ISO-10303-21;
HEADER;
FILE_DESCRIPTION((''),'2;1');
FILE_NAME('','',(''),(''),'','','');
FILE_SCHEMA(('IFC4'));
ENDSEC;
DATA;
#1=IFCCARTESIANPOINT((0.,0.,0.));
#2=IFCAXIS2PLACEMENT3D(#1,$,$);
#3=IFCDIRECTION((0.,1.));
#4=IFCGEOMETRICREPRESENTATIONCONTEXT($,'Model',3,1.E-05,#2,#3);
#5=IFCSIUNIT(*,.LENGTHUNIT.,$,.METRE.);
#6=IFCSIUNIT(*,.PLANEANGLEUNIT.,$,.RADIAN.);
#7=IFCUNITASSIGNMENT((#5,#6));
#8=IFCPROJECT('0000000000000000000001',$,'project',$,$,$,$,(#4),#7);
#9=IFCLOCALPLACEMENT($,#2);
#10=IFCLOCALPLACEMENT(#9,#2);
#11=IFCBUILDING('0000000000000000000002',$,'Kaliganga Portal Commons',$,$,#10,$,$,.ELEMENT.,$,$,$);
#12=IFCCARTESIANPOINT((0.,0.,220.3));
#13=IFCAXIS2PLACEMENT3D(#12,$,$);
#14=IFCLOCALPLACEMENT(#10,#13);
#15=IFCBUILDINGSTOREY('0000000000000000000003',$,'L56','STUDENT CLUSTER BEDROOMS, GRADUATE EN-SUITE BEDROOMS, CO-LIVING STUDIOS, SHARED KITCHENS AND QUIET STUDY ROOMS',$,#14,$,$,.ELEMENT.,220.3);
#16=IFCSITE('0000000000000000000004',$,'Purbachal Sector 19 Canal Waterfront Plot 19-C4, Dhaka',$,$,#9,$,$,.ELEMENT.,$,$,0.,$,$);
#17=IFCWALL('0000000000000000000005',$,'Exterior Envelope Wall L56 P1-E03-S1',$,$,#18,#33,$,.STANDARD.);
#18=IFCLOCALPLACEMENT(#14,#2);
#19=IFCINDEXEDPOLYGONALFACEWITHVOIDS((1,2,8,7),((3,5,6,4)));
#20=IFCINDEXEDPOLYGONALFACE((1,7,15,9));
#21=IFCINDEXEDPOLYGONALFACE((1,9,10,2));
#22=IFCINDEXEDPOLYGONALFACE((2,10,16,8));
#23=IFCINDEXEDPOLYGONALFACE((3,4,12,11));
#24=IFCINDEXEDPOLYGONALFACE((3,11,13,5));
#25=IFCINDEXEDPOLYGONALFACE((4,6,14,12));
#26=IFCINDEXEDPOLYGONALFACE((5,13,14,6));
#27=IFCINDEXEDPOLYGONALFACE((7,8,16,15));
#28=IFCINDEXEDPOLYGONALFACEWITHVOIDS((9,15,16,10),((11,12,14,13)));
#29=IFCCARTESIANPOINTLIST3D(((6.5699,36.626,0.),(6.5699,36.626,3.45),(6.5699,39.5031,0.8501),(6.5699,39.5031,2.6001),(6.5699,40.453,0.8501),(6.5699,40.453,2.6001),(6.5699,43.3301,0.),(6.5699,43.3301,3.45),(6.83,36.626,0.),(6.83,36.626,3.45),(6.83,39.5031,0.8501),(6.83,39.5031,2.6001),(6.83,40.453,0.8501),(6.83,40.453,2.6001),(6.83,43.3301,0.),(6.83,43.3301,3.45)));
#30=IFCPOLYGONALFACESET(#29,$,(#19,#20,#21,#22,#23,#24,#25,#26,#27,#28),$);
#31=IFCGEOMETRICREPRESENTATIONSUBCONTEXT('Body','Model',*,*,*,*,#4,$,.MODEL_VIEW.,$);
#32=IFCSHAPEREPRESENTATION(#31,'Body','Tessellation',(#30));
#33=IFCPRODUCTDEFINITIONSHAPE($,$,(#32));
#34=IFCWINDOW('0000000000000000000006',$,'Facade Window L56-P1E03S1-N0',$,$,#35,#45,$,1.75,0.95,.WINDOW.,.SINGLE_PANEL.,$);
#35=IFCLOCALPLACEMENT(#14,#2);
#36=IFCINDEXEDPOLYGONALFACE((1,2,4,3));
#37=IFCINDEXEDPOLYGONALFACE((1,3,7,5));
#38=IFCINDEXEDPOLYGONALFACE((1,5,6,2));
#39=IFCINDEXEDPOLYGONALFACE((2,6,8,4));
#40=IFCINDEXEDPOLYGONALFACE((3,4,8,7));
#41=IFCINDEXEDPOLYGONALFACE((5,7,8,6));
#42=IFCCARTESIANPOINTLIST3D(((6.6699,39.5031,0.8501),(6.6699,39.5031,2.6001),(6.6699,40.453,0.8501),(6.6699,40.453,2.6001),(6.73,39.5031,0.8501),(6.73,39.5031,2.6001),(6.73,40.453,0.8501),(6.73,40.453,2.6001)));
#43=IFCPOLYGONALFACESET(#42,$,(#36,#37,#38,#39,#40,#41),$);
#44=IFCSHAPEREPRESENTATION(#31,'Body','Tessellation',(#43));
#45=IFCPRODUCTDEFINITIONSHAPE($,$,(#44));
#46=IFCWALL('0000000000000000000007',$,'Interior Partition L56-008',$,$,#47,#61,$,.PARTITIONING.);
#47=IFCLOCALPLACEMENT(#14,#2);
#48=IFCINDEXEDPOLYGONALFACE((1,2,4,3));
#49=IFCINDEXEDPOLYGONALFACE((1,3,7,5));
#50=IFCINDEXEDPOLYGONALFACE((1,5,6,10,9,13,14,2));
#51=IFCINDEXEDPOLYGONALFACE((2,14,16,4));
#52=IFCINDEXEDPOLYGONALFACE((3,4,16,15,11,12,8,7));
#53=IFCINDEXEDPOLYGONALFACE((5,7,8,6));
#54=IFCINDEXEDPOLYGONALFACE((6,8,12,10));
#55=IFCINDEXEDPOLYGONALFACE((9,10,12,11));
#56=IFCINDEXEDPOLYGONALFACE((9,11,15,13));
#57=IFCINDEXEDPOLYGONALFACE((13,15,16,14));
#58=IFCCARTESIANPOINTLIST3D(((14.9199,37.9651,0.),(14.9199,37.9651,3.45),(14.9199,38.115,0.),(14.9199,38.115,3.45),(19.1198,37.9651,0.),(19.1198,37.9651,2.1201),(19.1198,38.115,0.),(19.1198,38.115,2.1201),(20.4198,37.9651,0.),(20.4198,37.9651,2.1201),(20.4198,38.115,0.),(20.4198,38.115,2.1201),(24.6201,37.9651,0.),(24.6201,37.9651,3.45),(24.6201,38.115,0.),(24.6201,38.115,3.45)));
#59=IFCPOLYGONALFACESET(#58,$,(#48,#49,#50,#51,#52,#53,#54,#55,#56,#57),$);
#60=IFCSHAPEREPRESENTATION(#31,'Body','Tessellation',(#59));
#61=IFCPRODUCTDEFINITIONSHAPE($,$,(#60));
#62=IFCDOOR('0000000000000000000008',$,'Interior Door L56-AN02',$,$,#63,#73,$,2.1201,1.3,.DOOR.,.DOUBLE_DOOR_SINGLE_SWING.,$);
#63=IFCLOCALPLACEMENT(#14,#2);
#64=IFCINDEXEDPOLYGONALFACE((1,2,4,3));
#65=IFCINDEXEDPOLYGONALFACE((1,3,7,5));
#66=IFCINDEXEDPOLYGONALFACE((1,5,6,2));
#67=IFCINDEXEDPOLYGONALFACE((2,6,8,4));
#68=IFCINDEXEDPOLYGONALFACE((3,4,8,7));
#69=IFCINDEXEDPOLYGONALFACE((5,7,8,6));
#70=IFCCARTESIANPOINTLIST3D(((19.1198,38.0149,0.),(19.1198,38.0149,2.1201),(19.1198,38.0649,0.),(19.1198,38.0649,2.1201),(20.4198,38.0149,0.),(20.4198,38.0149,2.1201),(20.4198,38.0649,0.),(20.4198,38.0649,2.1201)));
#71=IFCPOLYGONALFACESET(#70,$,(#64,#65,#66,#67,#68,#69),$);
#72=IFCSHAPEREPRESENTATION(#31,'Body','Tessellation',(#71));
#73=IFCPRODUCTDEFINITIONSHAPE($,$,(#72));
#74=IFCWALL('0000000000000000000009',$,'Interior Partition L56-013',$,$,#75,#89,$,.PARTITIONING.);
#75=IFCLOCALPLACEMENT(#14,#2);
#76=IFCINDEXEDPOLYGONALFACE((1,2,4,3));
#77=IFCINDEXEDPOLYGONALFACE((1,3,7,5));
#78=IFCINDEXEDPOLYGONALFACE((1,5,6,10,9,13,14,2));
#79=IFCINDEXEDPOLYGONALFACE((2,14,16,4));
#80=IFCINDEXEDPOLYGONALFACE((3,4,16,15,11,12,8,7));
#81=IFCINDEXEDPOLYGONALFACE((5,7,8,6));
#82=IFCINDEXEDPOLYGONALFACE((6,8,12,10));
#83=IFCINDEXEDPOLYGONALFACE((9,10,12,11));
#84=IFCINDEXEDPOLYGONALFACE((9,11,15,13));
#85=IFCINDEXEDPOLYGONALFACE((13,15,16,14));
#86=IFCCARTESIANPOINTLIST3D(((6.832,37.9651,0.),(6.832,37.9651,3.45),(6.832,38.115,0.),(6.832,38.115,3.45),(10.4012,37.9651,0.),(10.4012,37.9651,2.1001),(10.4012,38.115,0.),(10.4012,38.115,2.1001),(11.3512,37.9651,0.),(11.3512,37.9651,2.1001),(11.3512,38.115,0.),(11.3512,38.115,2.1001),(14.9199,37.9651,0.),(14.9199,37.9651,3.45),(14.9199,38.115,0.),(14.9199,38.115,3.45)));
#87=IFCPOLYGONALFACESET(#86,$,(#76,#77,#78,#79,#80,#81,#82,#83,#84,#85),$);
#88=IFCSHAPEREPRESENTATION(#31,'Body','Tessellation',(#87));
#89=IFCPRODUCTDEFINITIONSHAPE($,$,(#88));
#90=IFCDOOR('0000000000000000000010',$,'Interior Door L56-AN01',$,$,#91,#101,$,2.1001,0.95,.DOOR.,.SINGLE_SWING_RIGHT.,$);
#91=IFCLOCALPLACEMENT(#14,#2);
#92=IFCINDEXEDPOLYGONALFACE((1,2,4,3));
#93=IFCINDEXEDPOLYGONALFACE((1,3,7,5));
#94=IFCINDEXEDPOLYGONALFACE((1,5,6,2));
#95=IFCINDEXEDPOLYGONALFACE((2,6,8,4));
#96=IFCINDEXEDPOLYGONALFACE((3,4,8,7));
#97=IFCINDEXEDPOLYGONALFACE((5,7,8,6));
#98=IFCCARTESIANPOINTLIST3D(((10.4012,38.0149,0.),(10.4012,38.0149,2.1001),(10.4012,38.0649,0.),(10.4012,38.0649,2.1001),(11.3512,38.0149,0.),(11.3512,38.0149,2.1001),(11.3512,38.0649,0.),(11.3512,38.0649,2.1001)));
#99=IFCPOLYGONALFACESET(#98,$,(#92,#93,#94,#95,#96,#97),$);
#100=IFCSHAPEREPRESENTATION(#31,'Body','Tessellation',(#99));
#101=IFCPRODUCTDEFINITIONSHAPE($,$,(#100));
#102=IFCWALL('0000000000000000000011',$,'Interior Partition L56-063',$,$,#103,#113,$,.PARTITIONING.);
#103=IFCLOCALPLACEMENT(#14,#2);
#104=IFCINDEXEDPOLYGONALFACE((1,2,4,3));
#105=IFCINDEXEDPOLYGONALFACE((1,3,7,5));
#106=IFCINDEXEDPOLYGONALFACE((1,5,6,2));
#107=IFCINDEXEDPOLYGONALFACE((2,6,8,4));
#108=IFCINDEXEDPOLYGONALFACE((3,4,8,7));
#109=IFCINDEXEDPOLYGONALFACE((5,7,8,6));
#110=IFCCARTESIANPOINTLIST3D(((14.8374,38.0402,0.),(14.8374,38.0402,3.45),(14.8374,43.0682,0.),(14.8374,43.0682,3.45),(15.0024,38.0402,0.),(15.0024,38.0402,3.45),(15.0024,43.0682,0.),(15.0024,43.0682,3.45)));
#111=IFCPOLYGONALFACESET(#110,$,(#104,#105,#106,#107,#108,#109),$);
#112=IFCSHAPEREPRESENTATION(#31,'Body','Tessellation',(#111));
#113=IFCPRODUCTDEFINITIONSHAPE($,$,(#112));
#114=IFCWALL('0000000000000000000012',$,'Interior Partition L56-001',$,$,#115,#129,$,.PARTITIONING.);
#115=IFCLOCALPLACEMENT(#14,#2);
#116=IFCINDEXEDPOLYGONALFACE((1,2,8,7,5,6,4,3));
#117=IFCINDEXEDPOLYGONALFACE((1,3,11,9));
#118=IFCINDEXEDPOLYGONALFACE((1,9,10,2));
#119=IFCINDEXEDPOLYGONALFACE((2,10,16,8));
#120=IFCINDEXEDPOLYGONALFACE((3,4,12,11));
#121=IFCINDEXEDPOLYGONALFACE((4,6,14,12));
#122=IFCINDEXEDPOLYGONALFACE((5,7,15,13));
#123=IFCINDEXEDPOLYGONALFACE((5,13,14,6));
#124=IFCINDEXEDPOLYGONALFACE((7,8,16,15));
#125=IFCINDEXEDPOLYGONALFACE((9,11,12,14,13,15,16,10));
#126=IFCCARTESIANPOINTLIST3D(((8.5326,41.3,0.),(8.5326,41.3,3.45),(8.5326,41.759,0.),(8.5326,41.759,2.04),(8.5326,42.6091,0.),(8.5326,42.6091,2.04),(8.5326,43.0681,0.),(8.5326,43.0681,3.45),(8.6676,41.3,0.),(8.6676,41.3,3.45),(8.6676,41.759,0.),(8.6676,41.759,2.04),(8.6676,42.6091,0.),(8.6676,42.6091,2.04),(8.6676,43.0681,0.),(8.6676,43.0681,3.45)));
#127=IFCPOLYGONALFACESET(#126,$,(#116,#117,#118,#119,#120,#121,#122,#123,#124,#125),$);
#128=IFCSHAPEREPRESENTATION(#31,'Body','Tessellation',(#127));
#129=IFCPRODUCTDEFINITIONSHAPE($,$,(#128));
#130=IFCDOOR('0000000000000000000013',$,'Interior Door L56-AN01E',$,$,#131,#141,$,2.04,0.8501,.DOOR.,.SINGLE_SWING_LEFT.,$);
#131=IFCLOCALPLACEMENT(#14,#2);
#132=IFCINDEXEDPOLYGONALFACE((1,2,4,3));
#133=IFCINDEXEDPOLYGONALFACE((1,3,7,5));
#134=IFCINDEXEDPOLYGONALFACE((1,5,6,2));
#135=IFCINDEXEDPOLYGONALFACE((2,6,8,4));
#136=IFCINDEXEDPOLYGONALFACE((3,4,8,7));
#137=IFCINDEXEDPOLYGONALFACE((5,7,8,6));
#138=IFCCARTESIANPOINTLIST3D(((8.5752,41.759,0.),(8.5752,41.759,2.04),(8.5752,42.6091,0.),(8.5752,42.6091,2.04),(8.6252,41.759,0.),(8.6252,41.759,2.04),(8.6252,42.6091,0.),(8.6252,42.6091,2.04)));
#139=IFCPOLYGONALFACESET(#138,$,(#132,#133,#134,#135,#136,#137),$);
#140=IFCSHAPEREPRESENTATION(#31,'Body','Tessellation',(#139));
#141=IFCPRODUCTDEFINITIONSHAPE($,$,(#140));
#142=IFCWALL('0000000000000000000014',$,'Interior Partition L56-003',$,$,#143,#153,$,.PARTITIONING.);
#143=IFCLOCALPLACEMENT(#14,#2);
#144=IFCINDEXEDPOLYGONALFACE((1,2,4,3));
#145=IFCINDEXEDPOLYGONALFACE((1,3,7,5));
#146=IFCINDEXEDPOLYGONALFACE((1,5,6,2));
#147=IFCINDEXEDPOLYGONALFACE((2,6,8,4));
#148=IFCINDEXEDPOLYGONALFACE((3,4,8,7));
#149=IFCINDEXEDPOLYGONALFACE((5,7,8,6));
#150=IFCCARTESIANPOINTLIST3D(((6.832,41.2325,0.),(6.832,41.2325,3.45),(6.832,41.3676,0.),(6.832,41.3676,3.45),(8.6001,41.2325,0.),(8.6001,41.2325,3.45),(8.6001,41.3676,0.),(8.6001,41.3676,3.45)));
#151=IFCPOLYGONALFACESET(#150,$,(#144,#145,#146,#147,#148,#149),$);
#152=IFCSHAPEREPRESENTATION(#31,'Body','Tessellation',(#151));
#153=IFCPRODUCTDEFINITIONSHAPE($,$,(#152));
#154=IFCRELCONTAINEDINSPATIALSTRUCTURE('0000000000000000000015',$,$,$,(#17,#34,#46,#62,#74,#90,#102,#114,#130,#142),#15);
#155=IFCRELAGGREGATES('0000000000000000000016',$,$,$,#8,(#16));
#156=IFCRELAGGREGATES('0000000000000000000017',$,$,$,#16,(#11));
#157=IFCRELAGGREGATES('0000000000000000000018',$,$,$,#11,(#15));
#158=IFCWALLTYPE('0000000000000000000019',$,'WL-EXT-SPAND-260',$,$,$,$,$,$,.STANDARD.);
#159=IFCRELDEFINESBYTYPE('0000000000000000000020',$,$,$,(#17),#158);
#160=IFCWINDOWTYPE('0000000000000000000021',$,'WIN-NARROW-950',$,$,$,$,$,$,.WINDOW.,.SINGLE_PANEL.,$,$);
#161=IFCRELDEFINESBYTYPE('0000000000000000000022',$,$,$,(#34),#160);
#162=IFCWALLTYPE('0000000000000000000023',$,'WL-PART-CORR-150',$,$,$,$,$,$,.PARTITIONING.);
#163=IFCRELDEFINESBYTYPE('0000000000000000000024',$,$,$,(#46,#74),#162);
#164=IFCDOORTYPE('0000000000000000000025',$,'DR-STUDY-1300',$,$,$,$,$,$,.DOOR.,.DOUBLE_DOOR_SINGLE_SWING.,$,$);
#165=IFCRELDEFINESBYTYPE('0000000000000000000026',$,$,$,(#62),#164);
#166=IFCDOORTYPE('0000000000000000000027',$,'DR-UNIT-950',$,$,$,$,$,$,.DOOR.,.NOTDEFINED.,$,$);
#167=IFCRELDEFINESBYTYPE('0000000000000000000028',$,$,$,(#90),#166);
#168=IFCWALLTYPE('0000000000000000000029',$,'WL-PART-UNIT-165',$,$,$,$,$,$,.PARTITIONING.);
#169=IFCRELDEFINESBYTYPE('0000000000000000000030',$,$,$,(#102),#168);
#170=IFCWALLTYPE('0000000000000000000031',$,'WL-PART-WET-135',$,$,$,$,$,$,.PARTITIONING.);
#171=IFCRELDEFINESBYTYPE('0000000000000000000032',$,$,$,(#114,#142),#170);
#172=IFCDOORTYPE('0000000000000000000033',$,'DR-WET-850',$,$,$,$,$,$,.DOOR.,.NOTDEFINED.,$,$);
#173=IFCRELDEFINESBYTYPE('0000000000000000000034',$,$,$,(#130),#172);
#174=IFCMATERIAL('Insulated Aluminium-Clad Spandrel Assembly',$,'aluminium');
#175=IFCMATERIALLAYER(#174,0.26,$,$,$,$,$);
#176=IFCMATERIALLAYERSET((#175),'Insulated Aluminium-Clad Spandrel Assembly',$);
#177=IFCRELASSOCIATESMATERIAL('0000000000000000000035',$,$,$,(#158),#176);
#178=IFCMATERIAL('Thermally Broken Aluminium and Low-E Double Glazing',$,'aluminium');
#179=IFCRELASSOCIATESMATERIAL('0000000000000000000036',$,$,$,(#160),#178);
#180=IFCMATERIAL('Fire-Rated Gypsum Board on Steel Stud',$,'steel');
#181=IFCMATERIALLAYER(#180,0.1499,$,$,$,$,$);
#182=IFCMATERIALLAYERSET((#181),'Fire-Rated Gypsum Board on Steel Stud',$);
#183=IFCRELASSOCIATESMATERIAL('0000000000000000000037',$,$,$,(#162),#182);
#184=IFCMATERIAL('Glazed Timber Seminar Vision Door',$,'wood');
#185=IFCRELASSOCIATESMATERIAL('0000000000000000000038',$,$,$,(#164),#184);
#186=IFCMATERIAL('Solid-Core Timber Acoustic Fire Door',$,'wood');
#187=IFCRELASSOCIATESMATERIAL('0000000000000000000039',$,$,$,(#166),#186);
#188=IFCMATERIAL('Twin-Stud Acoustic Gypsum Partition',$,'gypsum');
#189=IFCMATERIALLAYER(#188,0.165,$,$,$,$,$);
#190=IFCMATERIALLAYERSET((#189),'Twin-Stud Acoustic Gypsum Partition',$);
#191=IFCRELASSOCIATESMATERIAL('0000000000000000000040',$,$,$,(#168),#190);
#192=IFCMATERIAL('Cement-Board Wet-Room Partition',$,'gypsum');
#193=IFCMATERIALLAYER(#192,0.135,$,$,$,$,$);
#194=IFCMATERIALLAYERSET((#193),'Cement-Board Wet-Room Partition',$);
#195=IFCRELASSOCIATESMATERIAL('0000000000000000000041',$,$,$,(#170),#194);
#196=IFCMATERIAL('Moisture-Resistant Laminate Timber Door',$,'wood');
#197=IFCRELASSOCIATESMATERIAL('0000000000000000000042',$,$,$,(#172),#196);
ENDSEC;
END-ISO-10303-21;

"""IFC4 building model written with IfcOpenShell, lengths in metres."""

from ifc_helpers import new_model, si_unit, direction, frame, frame_2d, origin, place, context, subcontext, project, spatial, rectangle, extrude, material, layer, layer_set, type_object, element, fill, save


model = new_model("IFC4")

# Units and contexts
model_context = context("Model", 3, precision=1e-05, world=origin(), true_north=direction((0.0, 1.0)))
body_context = subcontext(model_context, "Body", "Model", "MODEL_VIEW")
ifc_project = project(units=[si_unit("LENGTHUNIT", "METRE"), si_unit("PLANEANGLEUNIT", "RADIAN")], contexts=[model_context])

# Site, building, storey
site_placement = place(None, origin())
site = spatial("IfcSite", under=ifc_project, at=site_placement, Name="Purbachal Sector 19 Canal Waterfront Plot 19-C4, Dhaka", CompositionType="ELEMENT", RefElevation=0.0)
building_placement = place(site_placement, origin())
building = spatial("IfcBuilding", under=site, at=building_placement, Name="Kaliganga Portal Commons", CompositionType="ELEMENT")
storey_placement = place(building_placement, frame((0.0, 0.0, 220.3)))
storey = spatial("IfcBuildingStorey", under=building, at=storey_placement, Name="L56", Description="STUDENT CLUSTER BEDROOMS, GRADUATE EN-SUITE BEDROOMS, CO-LIVING STUDIOS, SHARED KITCHENS AND QUIET STUDY ROOMS", CompositionType="ELEMENT", Elevation=220.3)

# Shared definitions
ifc_material_1 = material(Name="Insulated Aluminium-Clad Spandrel Assembly", Category="aluminium")
ifc_layer_1 = layer(ifc_material_1, 0.26)
ifc_layer_set_1 = layer_set([ifc_layer_1], Name="Insulated Aluminium-Clad Spandrel Assembly")
wall_type_1 = type_object("IfcWallType", Name="WL-EXT-SPAND-260", PredefinedType="STANDARD", material=ifc_layer_set_1)
ifc_material_2 = material(Name="Thermally Broken Aluminium and Low-E Double Glazing", Category="aluminium")
window_type_1 = type_object("IfcWindowType", Name="WIN-NARROW-950", PartitioningType="SINGLE_PANEL", PredefinedType="WINDOW", material=ifc_material_2)

# Wall, opening, window
wall_1_placement = place(storey_placement, frame((6.7, 36.626, 0.0), z_axis=(0.0, 0.0, 1.0), x_axis=(0.0, 1.0, 0.0)))
wall_1 = element("IfcWall", 1, at=wall_1_placement, inside=storey, type_object=wall_type_1, Name="Exterior Envelope Wall L56 P1-E03-S1", PredefinedType="STANDARD", context=body_context, shape_type="SweptSolid", body=[
    extrude(rectangle(XDim=6.7041, YDim=0.26, at=frame_2d((3.3521, 0.0))), origin(), (0.0, 0.0, 1.0), 3.45),
])
opening_1_placement = place(wall_1_placement, frame((2.877, 0.0, 0.8501)))
opening_1 = element("IfcOpeningElement", 2, at=opening_1_placement, cuts=wall_1, PredefinedType="OPENING", context=body_context, shape_type="SweptSolid", body=[
    extrude(rectangle(XDim=0.95, YDim=1.75, at=frame_2d((0.4751, 0.875))), frame((0.0, 0.1401, 0.0), z_axis=(0.0, -1.0, 0.0), x_axis=(1.0, 0.0, 0.0)), (0.0, 0.0, 1.0), 0.28),
])
window_1_placement = place(opening_1_placement, origin())
window_1 = element("IfcWindow", 3, at=window_1_placement, inside=storey, type_object=window_type_1, Name="Facade Window L56-P1E03S1-N0", OverallHeight=1.75, OverallWidth=0.95, PartitioningType="SINGLE_PANEL", PredefinedType="WINDOW", context=body_context, shape_type="SweptSolid", body=[
    extrude(rectangle(XDim=0.95, YDim=1.75, at=frame_2d((0.4751, 0.875))), frame((0.0, 0.03, 0.0), z_axis=(0.0, -1.0, 0.0), x_axis=(1.0, 0.0, 0.0)), (0.0, 0.0, 1.0), 0.0601),
])
fill(opening_1, window_1)

# Walls, openings, doors
ifc_material_3 = material(Name="Fire-Rated Gypsum Board on Steel Stud", Category="steel")
ifc_layer_2 = layer(ifc_material_3, 0.1499)
ifc_layer_set_2 = layer_set([ifc_layer_2], Name="Fire-Rated Gypsum Board on Steel Stud")
wall_type_2 = type_object("IfcWallType", Name="WL-PART-CORR-150", PredefinedType="PARTITIONING", material=ifc_layer_set_2)
wall_2_placement = place(storey_placement, frame((14.9199, 38.04, 0.0), z_axis=(0.0, 0.0, 1.0), x_axis=(1.0, 0.0, 0.0)))
wall_2 = element("IfcWall", 4, at=wall_2_placement, inside=storey, type_object=wall_type_2, Name="Interior Partition L56-008", PredefinedType="PARTITIONING", context=body_context, shape_type="SweptSolid", body=[
    extrude(rectangle(XDim=9.7002, YDim=0.1499, at=frame_2d((4.8501, 0.0))), origin(), (0.0, 0.0, 1.0), 3.45),
])
opening_2_placement = place(wall_2_placement, frame((4.2, 0.0, 0.0)))
opening_2 = element("IfcOpeningElement", 5, at=opening_2_placement, cuts=wall_2, PredefinedType="OPENING", context=body_context, shape_type="SweptSolid", body=[
    extrude(rectangle(XDim=1.3, YDim=2.1201, at=frame_2d((0.6499, 1.0601))), frame((0.0, 0.085, 0.0), z_axis=(0.0, -1.0, 0.0), x_axis=(1.0, 0.0, 0.0)), (0.0, 0.0, 1.0), 0.1699),
])
ifc_material_4 = material(Name="Glazed Timber Seminar Vision Door", Category="wood")
door_type_1 = type_object("IfcDoorType", Name="DR-STUDY-1300", OperationType="DOUBLE_DOOR_SINGLE_SWING", PredefinedType="DOOR", material=ifc_material_4)
door_1_placement = place(opening_2_placement, origin())
door_1 = element("IfcDoor", 6, at=door_1_placement, inside=storey, type_object=door_type_1, Name="Interior Door L56-AN02", OperationType="DOUBLE_DOOR_SINGLE_SWING", OverallHeight=2.1201, OverallWidth=1.3, PredefinedType="DOOR", context=body_context, shape_type="SweptSolid", body=[
    extrude(rectangle(XDim=1.3, YDim=2.1201, at=frame_2d((0.6499, 1.0601))), frame((0.0, 0.0249, 0.0), z_axis=(0.0, -1.0, 0.0), x_axis=(1.0, 0.0, 0.0)), (0.0, 0.0, 1.0), 0.05),
])
fill(opening_2, door_1)
wall_3_placement = place(storey_placement, frame((6.832, 38.04, 0.0), z_axis=(0.0, 0.0, 1.0), x_axis=(1.0, 0.0, 0.0)))
wall_3 = element("IfcWall", 7, at=wall_3_placement, inside=storey, type_object=wall_type_2, Name="Interior Partition L56-013", PredefinedType="PARTITIONING", context=body_context, shape_type="SweptSolid", body=[
    extrude(rectangle(XDim=8.0879, YDim=0.1499, at=frame_2d((4.0439, 0.0))), origin(), (0.0, 0.0, 1.0), 3.45),
])
opening_3_placement = place(wall_3_placement, frame((3.5691, 0.0, 0.0)))
opening_3 = element("IfcOpeningElement", 8, at=opening_3_placement, cuts=wall_3, PredefinedType="OPENING", context=body_context, shape_type="SweptSolid", body=[
    extrude(rectangle(XDim=0.95, YDim=2.1001, at=frame_2d((0.4751, 1.05))), frame((0.0, 0.085, 0.0), z_axis=(0.0, -1.0, 0.0), x_axis=(1.0, 0.0, 0.0)), (0.0, 0.0, 1.0), 0.1699),
])
ifc_material_5 = material(Name="Solid-Core Timber Acoustic Fire Door", Category="wood")
door_type_2 = type_object("IfcDoorType", Name="DR-UNIT-950", OperationType="NOTDEFINED", PredefinedType="DOOR", material=ifc_material_5)
door_2_placement = place(opening_3_placement, origin())
door_2 = element("IfcDoor", 9, at=door_2_placement, inside=storey, type_object=door_type_2, Name="Interior Door L56-AN01", OperationType="SINGLE_SWING_RIGHT", OverallHeight=2.1001, OverallWidth=0.95, PredefinedType="DOOR", context=body_context, shape_type="SweptSolid", body=[
    extrude(rectangle(XDim=0.95, YDim=2.1001, at=frame_2d((0.4751, 1.05))), frame((0.0, 0.0249, 0.0), z_axis=(0.0, -1.0, 0.0), x_axis=(1.0, 0.0, 0.0)), (0.0, 0.0, 1.0), 0.05),
])
fill(opening_3, door_2)

# Wall
ifc_material_6 = material(Name="Twin-Stud Acoustic Gypsum Partition", Category="gypsum")
ifc_layer_3 = layer(ifc_material_6, 0.165)
ifc_layer_set_3 = layer_set([ifc_layer_3], Name="Twin-Stud Acoustic Gypsum Partition")
wall_type_3 = type_object("IfcWallType", Name="WL-PART-UNIT-165", PredefinedType="PARTITIONING", material=ifc_layer_set_3)
wall_4_placement = place(storey_placement, frame((14.9199, 38.04, 0.0), z_axis=(0.0, 0.0, 1.0), x_axis=(0.0, 1.0, 0.0)))
element("IfcWall", 10, at=wall_4_placement, inside=storey, type_object=wall_type_3, Name="Interior Partition L56-063", PredefinedType="PARTITIONING", context=body_context, shape_type="SweptSolid", body=[
    extrude(rectangle(XDim=5.0281, YDim=0.165, at=frame_2d((2.5142, 0.0))), origin(), (0.0, 0.0, 1.0), 3.45),
])

# Wall, opening, door
ifc_material_7 = material(Name="Cement-Board Wet-Room Partition", Category="gypsum")
ifc_layer_4 = layer(ifc_material_7, 0.135)
ifc_layer_set_4 = layer_set([ifc_layer_4], Name="Cement-Board Wet-Room Partition")
wall_type_4 = type_object("IfcWallType", Name="WL-PART-WET-135", PredefinedType="PARTITIONING", material=ifc_layer_set_4)
wall_5_placement = place(storey_placement, frame((8.6001, 41.3, 0.0), z_axis=(0.0, 0.0, 1.0), x_axis=(0.0, 1.0, 0.0)))
wall_5 = element("IfcWall", 11, at=wall_5_placement, inside=storey, type_object=wall_type_4, Name="Interior Partition L56-001", PredefinedType="PARTITIONING", context=body_context, shape_type="SweptSolid", body=[
    extrude(rectangle(XDim=1.7681, YDim=0.135, at=frame_2d((0.884, 0.0))), origin(), (0.0, 0.0, 1.0), 3.45),
])
opening_4_placement = place(wall_5_placement, frame((0.459, 0.0, 0.0)))
opening_4 = element("IfcOpeningElement", 12, at=opening_4_placement, cuts=wall_5, PredefinedType="OPENING", context=body_context, shape_type="SweptSolid", body=[
    extrude(rectangle(XDim=0.8501, YDim=2.04, at=frame_2d((0.425, 1.02))), frame((0.0, 0.0776, 0.0), z_axis=(0.0, -1.0, 0.0), x_axis=(1.0, 0.0, 0.0)), (0.0, 0.0, 1.0), 0.155),
])
ifc_material_8 = material(Name="Moisture-Resistant Laminate Timber Door", Category="wood")
door_type_3 = type_object("IfcDoorType", Name="DR-WET-850", OperationType="NOTDEFINED", PredefinedType="DOOR", material=ifc_material_8)
door_3_placement = place(opening_4_placement, origin())
door_3 = element("IfcDoor", 13, at=door_3_placement, inside=storey, type_object=door_type_3, Name="Interior Door L56-AN01E", OperationType="SINGLE_SWING_LEFT", OverallHeight=2.04, OverallWidth=0.8501, PredefinedType="DOOR", context=body_context, shape_type="SweptSolid", body=[
    extrude(rectangle(XDim=0.8501, YDim=2.04, at=frame_2d((0.425, 1.02))), frame((0.0, 0.0249, 0.0), z_axis=(0.0, -1.0, 0.0), x_axis=(1.0, 0.0, 0.0)), (0.0, 0.0, 1.0), 0.05),
])
fill(opening_4, door_3)

# Wall
wall_6_placement = place(storey_placement, frame((6.832, 41.3, 0.0), z_axis=(0.0, 0.0, 1.0), x_axis=(1.0, 0.0, 0.0)))
element("IfcWall", 14, at=wall_6_placement, inside=storey, type_object=wall_type_4, Name="Interior Partition L56-003", PredefinedType="PARTITIONING", context=body_context, shape_type="SweptSolid", body=[
    extrude(rectangle(XDim=1.7681, YDim=0.135, at=frame_2d((0.884, 0.0))), origin(), (0.0, 0.0, 1.0), 3.45),
])

save(model, "model.ifc")
